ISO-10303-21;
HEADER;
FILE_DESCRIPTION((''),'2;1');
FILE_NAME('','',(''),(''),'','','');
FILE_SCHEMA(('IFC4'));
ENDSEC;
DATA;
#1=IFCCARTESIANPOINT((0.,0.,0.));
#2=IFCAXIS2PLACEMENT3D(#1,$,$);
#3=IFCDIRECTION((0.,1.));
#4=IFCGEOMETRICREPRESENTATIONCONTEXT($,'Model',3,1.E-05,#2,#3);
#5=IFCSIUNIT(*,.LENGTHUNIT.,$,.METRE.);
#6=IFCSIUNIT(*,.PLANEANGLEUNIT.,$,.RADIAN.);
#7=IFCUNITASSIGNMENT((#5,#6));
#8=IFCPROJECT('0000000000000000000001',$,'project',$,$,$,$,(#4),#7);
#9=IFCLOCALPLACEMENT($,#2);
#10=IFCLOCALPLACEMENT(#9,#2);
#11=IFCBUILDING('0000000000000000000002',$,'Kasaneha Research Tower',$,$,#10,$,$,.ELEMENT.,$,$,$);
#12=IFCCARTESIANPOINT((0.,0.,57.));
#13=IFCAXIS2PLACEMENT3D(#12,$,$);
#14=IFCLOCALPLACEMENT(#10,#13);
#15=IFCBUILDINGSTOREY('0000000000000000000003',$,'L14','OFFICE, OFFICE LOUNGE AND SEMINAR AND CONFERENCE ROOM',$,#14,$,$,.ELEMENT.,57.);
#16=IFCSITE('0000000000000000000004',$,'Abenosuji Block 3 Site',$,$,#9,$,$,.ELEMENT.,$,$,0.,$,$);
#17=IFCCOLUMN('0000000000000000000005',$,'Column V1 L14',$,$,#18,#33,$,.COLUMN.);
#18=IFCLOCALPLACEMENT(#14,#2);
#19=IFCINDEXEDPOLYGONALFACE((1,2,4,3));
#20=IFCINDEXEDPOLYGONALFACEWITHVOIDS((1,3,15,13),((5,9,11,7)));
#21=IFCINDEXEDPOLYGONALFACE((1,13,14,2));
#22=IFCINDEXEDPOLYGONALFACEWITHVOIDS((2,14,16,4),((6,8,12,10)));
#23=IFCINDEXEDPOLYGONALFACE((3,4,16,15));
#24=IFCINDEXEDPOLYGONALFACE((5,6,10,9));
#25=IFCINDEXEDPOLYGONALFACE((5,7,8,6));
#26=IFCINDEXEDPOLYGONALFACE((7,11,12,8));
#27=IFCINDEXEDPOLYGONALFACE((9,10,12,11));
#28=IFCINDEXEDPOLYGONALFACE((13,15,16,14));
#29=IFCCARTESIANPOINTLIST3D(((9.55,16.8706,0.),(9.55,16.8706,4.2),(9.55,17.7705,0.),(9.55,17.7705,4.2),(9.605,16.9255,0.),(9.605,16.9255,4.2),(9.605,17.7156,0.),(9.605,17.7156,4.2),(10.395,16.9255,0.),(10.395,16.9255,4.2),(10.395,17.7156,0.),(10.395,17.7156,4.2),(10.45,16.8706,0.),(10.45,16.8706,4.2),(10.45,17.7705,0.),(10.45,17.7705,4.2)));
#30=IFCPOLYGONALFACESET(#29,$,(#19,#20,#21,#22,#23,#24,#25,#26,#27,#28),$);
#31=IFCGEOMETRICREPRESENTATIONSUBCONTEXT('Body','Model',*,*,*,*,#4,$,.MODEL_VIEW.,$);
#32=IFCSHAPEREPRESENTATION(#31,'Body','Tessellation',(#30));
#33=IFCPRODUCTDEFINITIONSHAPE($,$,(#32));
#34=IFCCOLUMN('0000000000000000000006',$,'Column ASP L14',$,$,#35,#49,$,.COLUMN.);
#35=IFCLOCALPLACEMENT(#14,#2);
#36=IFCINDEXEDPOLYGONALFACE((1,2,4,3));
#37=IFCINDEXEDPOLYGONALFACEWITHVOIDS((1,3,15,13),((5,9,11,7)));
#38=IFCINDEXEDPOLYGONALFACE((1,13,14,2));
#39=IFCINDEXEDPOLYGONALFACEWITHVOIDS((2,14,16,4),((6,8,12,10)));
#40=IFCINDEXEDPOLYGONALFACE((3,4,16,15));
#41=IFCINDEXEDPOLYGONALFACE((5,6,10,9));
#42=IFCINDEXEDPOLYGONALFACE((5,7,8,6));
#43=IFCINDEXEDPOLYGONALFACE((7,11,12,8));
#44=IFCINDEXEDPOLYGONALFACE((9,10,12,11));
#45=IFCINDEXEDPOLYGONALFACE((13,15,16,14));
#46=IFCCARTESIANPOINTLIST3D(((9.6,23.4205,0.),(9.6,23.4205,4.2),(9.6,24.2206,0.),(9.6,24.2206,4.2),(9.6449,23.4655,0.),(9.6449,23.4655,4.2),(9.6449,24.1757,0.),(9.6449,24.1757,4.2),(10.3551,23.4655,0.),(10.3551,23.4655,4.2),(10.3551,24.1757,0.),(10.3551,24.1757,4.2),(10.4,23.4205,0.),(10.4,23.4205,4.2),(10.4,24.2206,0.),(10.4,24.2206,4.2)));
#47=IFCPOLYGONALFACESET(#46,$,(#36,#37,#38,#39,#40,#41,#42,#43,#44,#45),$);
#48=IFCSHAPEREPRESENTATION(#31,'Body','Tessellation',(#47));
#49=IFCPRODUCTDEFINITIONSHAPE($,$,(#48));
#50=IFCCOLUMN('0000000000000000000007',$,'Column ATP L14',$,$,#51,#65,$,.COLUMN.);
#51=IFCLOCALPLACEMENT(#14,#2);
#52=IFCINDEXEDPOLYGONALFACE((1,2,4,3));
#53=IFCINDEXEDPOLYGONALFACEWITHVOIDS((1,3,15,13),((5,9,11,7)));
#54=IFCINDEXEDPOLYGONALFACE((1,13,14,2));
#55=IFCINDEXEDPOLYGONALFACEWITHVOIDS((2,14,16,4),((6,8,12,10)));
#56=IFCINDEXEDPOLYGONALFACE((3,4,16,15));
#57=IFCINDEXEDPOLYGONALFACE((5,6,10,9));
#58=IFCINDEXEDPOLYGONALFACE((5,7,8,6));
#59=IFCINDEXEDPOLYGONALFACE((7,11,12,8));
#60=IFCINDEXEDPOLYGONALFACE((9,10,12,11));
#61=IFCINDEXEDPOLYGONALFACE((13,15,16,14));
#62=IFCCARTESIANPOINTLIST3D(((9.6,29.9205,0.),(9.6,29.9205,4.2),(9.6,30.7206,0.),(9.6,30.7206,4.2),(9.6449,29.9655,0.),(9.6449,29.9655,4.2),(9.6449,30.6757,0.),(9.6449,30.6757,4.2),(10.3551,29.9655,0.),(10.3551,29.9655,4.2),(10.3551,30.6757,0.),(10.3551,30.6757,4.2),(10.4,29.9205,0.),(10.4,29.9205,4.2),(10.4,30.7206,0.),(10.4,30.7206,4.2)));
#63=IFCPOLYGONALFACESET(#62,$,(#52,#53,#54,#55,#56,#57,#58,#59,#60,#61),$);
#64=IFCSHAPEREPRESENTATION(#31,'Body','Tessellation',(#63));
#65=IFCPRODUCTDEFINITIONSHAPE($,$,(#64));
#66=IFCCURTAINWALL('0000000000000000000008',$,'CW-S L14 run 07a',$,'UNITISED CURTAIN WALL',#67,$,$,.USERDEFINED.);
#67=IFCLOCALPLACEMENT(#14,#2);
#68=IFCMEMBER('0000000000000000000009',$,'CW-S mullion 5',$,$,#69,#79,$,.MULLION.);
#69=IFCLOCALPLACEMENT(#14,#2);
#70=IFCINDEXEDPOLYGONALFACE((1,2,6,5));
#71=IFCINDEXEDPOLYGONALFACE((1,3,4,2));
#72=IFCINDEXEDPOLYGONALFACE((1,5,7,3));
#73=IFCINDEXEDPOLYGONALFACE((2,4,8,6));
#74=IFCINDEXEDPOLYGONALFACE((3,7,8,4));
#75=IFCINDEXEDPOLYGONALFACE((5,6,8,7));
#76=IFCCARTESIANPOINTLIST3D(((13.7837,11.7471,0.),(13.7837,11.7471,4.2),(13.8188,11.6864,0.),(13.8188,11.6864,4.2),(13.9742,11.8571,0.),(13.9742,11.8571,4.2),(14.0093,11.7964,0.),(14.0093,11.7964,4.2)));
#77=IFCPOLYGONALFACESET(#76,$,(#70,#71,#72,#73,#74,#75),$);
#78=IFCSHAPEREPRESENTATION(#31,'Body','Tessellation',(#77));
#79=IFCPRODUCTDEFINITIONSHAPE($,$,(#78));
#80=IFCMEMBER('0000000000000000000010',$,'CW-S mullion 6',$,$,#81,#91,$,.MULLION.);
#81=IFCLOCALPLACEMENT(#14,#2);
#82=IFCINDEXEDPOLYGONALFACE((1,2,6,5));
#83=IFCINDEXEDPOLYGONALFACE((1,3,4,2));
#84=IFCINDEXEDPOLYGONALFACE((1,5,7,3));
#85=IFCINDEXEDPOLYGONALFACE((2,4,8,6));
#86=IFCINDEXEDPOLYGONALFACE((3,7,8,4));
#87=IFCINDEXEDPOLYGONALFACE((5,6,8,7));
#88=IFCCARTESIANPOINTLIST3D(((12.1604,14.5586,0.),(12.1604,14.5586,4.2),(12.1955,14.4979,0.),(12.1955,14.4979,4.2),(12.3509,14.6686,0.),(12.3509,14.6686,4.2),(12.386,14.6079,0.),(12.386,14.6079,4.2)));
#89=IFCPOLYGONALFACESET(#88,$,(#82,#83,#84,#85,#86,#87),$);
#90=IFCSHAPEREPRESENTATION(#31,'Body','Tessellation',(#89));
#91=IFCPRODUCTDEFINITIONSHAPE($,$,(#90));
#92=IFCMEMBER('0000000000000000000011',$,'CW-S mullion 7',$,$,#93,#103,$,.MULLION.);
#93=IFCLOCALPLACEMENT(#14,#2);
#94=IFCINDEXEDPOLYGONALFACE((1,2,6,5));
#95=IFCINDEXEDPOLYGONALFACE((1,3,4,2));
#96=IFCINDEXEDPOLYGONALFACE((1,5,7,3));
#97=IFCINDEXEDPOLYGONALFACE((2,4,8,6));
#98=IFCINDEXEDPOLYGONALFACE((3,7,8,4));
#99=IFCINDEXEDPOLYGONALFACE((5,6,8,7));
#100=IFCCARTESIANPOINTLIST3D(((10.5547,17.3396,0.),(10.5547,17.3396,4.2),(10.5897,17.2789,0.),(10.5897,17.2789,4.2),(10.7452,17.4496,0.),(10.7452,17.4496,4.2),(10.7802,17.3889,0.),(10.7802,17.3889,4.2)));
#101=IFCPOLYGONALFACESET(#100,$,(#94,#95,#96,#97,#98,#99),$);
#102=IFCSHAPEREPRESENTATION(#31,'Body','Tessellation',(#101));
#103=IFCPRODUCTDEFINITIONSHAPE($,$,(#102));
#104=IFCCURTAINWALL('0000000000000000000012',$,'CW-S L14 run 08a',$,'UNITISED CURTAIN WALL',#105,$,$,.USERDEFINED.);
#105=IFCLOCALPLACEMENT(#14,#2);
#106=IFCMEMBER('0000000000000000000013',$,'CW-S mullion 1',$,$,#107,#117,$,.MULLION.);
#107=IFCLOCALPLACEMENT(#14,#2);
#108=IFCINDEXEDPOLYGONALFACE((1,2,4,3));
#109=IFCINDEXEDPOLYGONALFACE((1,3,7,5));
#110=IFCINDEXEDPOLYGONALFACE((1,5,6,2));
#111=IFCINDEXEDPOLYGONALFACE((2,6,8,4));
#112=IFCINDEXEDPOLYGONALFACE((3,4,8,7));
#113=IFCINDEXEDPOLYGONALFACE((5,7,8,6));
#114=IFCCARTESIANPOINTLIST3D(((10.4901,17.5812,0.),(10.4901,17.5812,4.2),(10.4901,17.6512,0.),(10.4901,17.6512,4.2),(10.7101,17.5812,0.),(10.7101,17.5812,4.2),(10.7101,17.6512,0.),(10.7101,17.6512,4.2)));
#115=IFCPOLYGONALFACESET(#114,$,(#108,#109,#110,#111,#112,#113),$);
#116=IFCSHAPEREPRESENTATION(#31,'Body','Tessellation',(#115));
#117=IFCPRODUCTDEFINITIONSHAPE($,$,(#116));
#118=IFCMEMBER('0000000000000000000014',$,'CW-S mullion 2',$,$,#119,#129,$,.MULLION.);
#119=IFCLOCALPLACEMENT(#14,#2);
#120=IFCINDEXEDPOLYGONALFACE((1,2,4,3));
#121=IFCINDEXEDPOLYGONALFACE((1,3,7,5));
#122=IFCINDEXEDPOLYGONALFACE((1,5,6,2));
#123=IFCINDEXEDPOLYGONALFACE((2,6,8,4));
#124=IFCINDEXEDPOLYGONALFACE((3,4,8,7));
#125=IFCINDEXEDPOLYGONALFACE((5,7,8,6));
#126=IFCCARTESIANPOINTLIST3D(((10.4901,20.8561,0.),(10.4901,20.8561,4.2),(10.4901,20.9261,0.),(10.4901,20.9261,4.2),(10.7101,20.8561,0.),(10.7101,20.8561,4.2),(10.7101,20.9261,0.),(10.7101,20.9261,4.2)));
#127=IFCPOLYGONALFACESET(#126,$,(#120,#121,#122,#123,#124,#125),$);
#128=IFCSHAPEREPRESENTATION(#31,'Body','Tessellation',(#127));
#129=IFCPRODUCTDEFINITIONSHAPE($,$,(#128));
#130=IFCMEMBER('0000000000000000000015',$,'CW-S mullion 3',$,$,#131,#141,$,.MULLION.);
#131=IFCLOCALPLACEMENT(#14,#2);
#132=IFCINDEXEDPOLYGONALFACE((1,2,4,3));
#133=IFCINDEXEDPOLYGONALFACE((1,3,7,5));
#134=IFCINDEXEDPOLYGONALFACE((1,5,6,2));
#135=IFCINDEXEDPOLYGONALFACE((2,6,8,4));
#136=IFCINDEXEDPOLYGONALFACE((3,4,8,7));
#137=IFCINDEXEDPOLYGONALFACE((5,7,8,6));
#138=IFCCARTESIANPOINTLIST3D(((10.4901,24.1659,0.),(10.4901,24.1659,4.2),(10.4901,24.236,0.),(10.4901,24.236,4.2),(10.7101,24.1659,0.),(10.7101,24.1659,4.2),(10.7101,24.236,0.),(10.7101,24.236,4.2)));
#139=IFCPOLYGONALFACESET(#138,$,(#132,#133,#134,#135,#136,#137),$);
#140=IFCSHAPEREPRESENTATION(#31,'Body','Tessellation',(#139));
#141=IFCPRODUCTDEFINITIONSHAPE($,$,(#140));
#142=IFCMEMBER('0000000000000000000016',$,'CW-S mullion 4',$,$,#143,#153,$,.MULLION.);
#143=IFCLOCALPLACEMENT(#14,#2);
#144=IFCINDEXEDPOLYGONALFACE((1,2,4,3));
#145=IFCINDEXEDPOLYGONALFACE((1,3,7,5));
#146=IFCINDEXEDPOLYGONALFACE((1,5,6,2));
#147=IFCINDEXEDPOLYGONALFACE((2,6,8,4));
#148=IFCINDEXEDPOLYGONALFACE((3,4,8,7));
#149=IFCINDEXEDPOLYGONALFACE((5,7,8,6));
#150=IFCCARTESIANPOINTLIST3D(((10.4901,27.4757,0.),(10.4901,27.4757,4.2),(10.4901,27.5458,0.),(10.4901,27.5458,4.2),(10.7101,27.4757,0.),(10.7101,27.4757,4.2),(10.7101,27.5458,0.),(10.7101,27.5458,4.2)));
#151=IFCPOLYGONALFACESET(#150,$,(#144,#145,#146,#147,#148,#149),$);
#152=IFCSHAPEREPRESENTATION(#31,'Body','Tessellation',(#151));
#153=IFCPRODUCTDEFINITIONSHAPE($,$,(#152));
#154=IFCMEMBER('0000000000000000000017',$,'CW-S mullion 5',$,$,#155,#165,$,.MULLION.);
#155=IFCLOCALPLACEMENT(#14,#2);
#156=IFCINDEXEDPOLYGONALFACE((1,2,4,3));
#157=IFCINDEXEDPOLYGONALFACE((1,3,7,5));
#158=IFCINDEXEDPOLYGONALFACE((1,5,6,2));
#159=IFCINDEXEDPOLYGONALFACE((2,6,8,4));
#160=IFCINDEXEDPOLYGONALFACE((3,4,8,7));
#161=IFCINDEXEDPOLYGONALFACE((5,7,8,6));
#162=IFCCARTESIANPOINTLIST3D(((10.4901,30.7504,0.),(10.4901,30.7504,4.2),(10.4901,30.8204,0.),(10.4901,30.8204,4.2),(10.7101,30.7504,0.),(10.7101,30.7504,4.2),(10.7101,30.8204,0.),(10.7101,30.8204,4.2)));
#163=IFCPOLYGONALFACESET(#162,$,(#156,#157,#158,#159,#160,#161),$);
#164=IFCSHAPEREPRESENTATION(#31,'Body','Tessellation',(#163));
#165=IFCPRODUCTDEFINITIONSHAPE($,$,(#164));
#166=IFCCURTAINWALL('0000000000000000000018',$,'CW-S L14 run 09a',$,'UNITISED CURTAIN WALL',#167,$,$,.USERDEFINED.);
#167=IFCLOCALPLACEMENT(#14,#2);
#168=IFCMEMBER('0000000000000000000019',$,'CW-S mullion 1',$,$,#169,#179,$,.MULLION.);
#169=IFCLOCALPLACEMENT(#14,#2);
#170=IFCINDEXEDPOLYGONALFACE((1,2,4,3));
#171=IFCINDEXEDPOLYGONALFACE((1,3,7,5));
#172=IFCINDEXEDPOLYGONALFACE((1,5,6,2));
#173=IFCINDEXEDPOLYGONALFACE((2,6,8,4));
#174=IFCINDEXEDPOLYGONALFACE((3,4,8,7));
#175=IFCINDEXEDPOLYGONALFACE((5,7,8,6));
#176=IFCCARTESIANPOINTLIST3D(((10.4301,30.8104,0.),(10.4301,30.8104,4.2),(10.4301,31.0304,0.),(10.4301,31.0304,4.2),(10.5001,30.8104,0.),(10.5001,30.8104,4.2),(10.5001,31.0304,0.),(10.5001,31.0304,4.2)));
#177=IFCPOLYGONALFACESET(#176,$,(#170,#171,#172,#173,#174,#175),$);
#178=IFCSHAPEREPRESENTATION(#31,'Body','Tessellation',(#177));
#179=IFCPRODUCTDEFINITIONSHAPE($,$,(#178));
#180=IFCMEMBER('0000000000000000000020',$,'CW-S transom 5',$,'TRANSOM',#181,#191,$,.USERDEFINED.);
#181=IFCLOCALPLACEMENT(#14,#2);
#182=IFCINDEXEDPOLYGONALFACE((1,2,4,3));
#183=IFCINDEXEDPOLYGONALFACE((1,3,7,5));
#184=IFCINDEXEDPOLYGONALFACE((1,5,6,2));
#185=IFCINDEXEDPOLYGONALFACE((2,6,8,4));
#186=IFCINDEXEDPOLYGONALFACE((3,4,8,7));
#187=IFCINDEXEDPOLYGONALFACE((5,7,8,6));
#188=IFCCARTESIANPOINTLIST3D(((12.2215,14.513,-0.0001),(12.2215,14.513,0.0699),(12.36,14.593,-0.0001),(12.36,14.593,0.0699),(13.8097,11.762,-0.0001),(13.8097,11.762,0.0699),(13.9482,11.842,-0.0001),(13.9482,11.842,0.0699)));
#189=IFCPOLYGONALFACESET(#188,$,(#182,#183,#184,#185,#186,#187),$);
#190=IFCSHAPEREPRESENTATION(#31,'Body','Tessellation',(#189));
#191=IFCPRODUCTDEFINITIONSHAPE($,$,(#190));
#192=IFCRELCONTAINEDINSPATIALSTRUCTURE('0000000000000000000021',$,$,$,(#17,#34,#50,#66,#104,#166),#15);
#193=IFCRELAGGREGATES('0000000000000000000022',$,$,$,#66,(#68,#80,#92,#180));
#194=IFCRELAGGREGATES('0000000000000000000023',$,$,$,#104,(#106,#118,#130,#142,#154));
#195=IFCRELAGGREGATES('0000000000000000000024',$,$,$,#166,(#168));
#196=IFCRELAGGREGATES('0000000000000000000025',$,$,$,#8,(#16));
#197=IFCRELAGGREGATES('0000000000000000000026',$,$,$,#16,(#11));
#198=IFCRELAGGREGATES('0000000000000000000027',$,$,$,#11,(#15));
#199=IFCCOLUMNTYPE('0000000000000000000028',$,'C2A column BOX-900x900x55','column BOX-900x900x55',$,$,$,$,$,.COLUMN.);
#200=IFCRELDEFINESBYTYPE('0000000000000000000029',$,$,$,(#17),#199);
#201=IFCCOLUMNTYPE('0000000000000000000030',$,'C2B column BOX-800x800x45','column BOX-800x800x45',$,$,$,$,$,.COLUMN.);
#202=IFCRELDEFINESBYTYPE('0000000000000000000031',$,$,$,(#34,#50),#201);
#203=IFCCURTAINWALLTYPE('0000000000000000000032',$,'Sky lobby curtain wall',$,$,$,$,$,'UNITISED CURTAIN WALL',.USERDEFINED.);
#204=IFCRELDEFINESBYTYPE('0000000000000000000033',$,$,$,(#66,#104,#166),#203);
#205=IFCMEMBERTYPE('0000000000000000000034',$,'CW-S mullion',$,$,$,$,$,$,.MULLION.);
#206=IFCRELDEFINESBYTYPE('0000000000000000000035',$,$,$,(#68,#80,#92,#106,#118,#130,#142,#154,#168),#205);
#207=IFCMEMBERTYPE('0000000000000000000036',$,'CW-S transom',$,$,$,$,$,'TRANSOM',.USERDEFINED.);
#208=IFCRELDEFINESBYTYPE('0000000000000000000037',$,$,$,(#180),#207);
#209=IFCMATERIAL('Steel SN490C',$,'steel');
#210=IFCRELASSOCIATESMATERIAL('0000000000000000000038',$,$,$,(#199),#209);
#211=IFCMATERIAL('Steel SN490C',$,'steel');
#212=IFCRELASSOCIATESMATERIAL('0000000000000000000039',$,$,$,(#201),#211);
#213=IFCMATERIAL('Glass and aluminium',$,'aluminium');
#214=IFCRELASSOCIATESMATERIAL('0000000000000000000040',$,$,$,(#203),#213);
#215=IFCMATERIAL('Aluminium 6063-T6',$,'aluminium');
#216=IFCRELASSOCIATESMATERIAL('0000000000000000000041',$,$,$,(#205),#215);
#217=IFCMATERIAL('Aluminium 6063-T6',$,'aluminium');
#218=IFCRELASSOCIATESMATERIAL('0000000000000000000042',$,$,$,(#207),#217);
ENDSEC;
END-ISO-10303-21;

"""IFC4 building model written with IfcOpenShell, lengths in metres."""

from ifc_helpers import new_model, si_unit, direction, frame, origin, origin_2d, place, context, subcontext, project, spatial, rectangle, hollow_rectangle, extrude, material, material_profile, profile_set, type_object, element, aggregate, save


model = new_model("IFC4")

# Units and contexts
model_context = context("Model", 3, precision=1e-05, world=origin(), true_north=direction((0.0, 1.0)))
body_context = subcontext(model_context, "Body", "Model", "MODEL_VIEW")
ifc_project = project(units=[si_unit("LENGTHUNIT", "METRE"), si_unit("PLANEANGLEUNIT", "RADIAN")], contexts=[model_context])

# Site, building, storey
site_placement = place(None, origin())
site = spatial("IfcSite", under=ifc_project, at=site_placement, Name="Abenosuji Block 3 Site", CompositionType="ELEMENT", RefElevation=0.0)
building_placement = place(site_placement, origin())
building = spatial("IfcBuilding", under=site, at=building_placement, Name="Kasaneha Research Tower", CompositionType="ELEMENT")
storey_placement = place(building_placement, frame((0.0, 0.0, 57.0)))
storey = spatial("IfcBuildingStorey", under=building, at=storey_placement, Name="L14", Description="OFFICE, OFFICE LOUNGE AND SEMINAR AND CONFERENCE ROOM", CompositionType="ELEMENT", Elevation=57.0)

# Columns
ifc_material_1 = material(Name="Steel SN490C", Category="steel")
ifc_material_profile_1 = material_profile(ifc_material_1, hollow_rectangle(XDim=0.8999, YDim=0.8999, WallThickness=0.0549, at=origin_2d()), Name="BOX-900x900x55")
ifc_profile_set_1 = profile_set([ifc_material_profile_1], Name="Steel SN490C")
column_type_1 = type_object("IfcColumnType", Name="C2A column BOX-900x900x55", Description="column BOX-900x900x55", PredefinedType="COLUMN", material=ifc_profile_set_1)
column_placement = place(storey_placement, frame((10.0, 17.3206, 0.0), z_axis=(0.0, 0.0, 1.0), x_axis=(1.0, 0.0, 0.0)))
element("IfcColumn", 1, at=column_placement, inside=storey, type_object=column_type_1, Name="Column V1 L14", PredefinedType="COLUMN", context=body_context, shape_type="SweptSolid", body=[
    extrude(hollow_rectangle(XDim=0.8999, YDim=0.8999, WallThickness=0.0549, at=origin_2d()), origin(), (0.0, 0.0, 1.0), 4.2),
])
ifc_material_2 = material(Name="Steel SN490C", Category="steel")
ifc_material_profile_2 = material_profile(ifc_material_2, hollow_rectangle(XDim=0.8, YDim=0.8, WallThickness=0.0449, at=origin_2d()), Name="BOX-800x800x45")
ifc_profile_set_2 = profile_set([ifc_material_profile_2], Name="Steel SN490C")
column_type_2 = type_object("IfcColumnType", Name="C2B column BOX-800x800x45", Description="column BOX-800x800x45", PredefinedType="COLUMN", material=ifc_profile_set_2)
for number, where, z_axis, x_axis, name in (
    (2, (10.0, 23.8206, 0.0), (0.0, 0.0, 1.0), (1.0, 0.0, 0.0), "Column ASP L14"),
    (3, (10.0, 30.3206, 0.0), (0.0, 0.0, 1.0), (1.0, 0.0, 0.0), "Column ATP L14"),
):
    element("IfcColumn", number, at=place(storey_placement, frame(where, z_axis=z_axis, x_axis=x_axis)), inside=storey, type_object=column_type_2, Name=name, PredefinedType="COLUMN", context=body_context, shape_type="SweptSolid", body=[
        extrude(hollow_rectangle(XDim=0.8, YDim=0.8, WallThickness=0.0449, at=origin_2d()), origin(), (0.0, 0.0, 1.0), 4.2),
    ])

# Curtain walls, members
ifc_material_3 = material(Name="Glass and aluminium", Category="aluminium")
curtain_wall_type = type_object("IfcCurtainWallType", Name="Sky lobby curtain wall", ElementType="UNITISED CURTAIN WALL", PredefinedType="USERDEFINED", material=ifc_material_3)
curtain_wall_1_placement = place(storey_placement, origin())
curtain_wall_1 = element("IfcCurtainWall", 4, at=curtain_wall_1_placement, inside=storey, type_object=curtain_wall_type, Name="CW-S L14 run 07a", ObjectType="UNITISED CURTAIN WALL", PredefinedType="USERDEFINED")
ifc_material_4 = material(Name="Aluminium 6063-T6", Category="aluminium")
ifc_material_profile_3 = material_profile(ifc_material_4, rectangle(XDim=0.0701, YDim=0.22, at=origin_2d()), Name="CW-S mullion 70x220")
ifc_profile_set_3 = profile_set([ifc_material_profile_3], Name="Aluminium 6063-T6")
member_type_1 = type_object("IfcMemberType", Name="CW-S mullion", PredefinedType="MULLION", material=ifc_profile_set_3)
member_1_placement = place(storey_placement, frame((13.8965, 11.7717, 0.0), z_axis=(0.0, 0.0, 1.0), x_axis=(-0.5, 0.866025, 0.0)))
member_1 = element("IfcMember", 5, at=member_1_placement, type_object=member_type_1, Name="CW-S mullion 5", PredefinedType="MULLION", context=body_context, shape_type="SweptSolid", body=[
    extrude(rectangle(XDim=0.0701, YDim=0.22, at=origin_2d()), origin(), (0.0, 0.0, 1.0), 4.2),
])
member_2_placement = place(storey_placement, frame((12.2732, 14.5833, 0.0), z_axis=(0.0, 0.0, 1.0), x_axis=(-0.5, 0.866025, 0.0)))
member_2 = element("IfcMember", 6, at=member_2_placement, type_object=member_type_1, Name="CW-S mullion 6", PredefinedType="MULLION", context=body_context, shape_type="SweptSolid", body=[
    extrude(rectangle(XDim=0.0701, YDim=0.22, at=origin_2d()), origin(), (0.0, 0.0, 1.0), 4.2),
])
member_3_placement = place(storey_placement, frame((10.6675, 17.3643, 0.0), z_axis=(0.0, 0.0, 1.0), x_axis=(-0.5, 0.866025, 0.0)))
member_3 = element("IfcMember", 7, at=member_3_placement, type_object=member_type_1, Name="CW-S mullion 7", PredefinedType="MULLION", context=body_context, shape_type="SweptSolid", body=[
    extrude(rectangle(XDim=0.0701, YDim=0.22, at=origin_2d()), origin(), (0.0, 0.0, 1.0), 4.2),
])
curtain_wall_2_placement = place(storey_placement, origin())
curtain_wall_2 = element("IfcCurtainWall", 8, at=curtain_wall_2_placement, inside=storey, type_object=curtain_wall_type, Name="CW-S L14 run 08a", ObjectType="UNITISED CURTAIN WALL", PredefinedType="USERDEFINED")
member_4_placement = place(storey_placement, frame((10.6001, 17.6162, 0.0), z_axis=(0.0, 0.0, 1.0), x_axis=(0.0, 1.0, 0.0)))
member_4 = element("IfcMember", 9, at=member_4_placement, type_object=member_type_1, Name="CW-S mullion 1", PredefinedType="MULLION", context=body_context, shape_type="SweptSolid", body=[
    extrude(rectangle(XDim=0.0701, YDim=0.22, at=origin_2d()), origin(), (0.0, 0.0, 1.0), 4.2),
])
member_5_placement = place(storey_placement, frame((10.6001, 20.8911, 0.0), z_axis=(0.0, 0.0, 1.0), x_axis=(0.0, 1.0, 0.0)))
member_5 = element("IfcMember", 10, at=member_5_placement, type_object=member_type_1, Name="CW-S mullion 2", PredefinedType="MULLION", context=body_context, shape_type="SweptSolid", body=[
    extrude(rectangle(XDim=0.0701, YDim=0.22, at=origin_2d()), origin(), (0.0, 0.0, 1.0), 4.2),
])
member_6_placement = place(storey_placement, frame((10.6001, 24.2009, 0.0), z_axis=(0.0, 0.0, 1.0), x_axis=(0.0, 1.0, 0.0)))
member_6 = element("IfcMember", 11, at=member_6_placement, type_object=member_type_1, Name="CW-S mullion 3", PredefinedType="MULLION", context=body_context, shape_type="SweptSolid", body=[
    extrude(rectangle(XDim=0.0701, YDim=0.22, at=origin_2d()), origin(), (0.0, 0.0, 1.0), 4.2),
])
member_7_placement = place(storey_placement, frame((10.6001, 27.5107, 0.0), z_axis=(0.0, 0.0, 1.0), x_axis=(0.0, 1.0, 0.0)))
member_7 = element("IfcMember", 12, at=member_7_placement, type_object=member_type_1, Name="CW-S mullion 4", PredefinedType="MULLION", context=body_context, shape_type="SweptSolid", body=[
    extrude(rectangle(XDim=0.0701, YDim=0.22, at=origin_2d()), origin(), (0.0, 0.0, 1.0), 4.2),
])
member_8_placement = place(storey_placement, frame((10.6001, 30.7854, 0.0), z_axis=(0.0, 0.0, 1.0), x_axis=(0.0, 1.0, 0.0)))
member_8 = element("IfcMember", 13, at=member_8_placement, type_object=member_type_1, Name="CW-S mullion 5", PredefinedType="MULLION", context=body_context, shape_type="SweptSolid", body=[
    extrude(rectangle(XDim=0.0701, YDim=0.22, at=origin_2d()), origin(), (0.0, 0.0, 1.0), 4.2),
])

# Curtain wall, member
curtain_wall_3_placement = place(storey_placement, origin())
curtain_wall_3 = element("IfcCurtainWall", 14, at=curtain_wall_3_placement, inside=storey, type_object=curtain_wall_type, Name="CW-S L14 run 09a", ObjectType="UNITISED CURTAIN WALL", PredefinedType="USERDEFINED")
member_9_placement = place(storey_placement, frame((10.4651, 30.9204, 0.0), z_axis=(0.0, 0.0, 1.0), x_axis=(-1.0, 0.0, 0.0)))
member_9 = element("IfcMember", 15, at=member_9_placement, type_object=member_type_1, Name="CW-S mullion 1", PredefinedType="MULLION", context=body_context, shape_type="SweptSolid", body=[
    extrude(rectangle(XDim=0.0701, YDim=0.22, at=origin_2d()), origin(), (0.0, 0.0, 1.0), 4.2),
])

# Member
ifc_material_5 = material(Name="Aluminium 6063-T6", Category="aluminium")
ifc_material_profile_4 = material_profile(ifc_material_5, rectangle(XDim=0.1599, YDim=0.0701, at=origin_2d()), Name="CW-S transom 160x70")
ifc_profile_set_4 = profile_set([ifc_material_profile_4], Name="Aluminium 6063-T6")
member_type_2 = type_object("IfcMemberType", Name="CW-S transom", ElementType="TRANSOM", PredefinedType="USERDEFINED", material=ifc_profile_set_4)
member_10_placement = place(storey_placement, frame((13.8789, 11.802, 0.0349), z_axis=(-0.499966, 0.866045, 0.0), x_axis=(-0.866045, -0.499966, 0.0)))
member_10 = element("IfcMember", 16, at=member_10_placement, type_object=member_type_2, Name="CW-S transom 5", ObjectType="TRANSOM", PredefinedType="USERDEFINED", context=body_context, shape_type="SweptSolid", body=[
    extrude(rectangle(XDim=0.1599, YDim=0.0701, at=origin_2d()), origin(), (0.0, 0.0, 1.0), 3.1765),
])

aggregate(curtain_wall_1, [member_1, member_2, member_3, member_10])
aggregate(curtain_wall_2, [member_4, member_5, member_6, member_7, member_8])
aggregate(curtain_wall_3, [member_9])

save(model, "model.ifc")
